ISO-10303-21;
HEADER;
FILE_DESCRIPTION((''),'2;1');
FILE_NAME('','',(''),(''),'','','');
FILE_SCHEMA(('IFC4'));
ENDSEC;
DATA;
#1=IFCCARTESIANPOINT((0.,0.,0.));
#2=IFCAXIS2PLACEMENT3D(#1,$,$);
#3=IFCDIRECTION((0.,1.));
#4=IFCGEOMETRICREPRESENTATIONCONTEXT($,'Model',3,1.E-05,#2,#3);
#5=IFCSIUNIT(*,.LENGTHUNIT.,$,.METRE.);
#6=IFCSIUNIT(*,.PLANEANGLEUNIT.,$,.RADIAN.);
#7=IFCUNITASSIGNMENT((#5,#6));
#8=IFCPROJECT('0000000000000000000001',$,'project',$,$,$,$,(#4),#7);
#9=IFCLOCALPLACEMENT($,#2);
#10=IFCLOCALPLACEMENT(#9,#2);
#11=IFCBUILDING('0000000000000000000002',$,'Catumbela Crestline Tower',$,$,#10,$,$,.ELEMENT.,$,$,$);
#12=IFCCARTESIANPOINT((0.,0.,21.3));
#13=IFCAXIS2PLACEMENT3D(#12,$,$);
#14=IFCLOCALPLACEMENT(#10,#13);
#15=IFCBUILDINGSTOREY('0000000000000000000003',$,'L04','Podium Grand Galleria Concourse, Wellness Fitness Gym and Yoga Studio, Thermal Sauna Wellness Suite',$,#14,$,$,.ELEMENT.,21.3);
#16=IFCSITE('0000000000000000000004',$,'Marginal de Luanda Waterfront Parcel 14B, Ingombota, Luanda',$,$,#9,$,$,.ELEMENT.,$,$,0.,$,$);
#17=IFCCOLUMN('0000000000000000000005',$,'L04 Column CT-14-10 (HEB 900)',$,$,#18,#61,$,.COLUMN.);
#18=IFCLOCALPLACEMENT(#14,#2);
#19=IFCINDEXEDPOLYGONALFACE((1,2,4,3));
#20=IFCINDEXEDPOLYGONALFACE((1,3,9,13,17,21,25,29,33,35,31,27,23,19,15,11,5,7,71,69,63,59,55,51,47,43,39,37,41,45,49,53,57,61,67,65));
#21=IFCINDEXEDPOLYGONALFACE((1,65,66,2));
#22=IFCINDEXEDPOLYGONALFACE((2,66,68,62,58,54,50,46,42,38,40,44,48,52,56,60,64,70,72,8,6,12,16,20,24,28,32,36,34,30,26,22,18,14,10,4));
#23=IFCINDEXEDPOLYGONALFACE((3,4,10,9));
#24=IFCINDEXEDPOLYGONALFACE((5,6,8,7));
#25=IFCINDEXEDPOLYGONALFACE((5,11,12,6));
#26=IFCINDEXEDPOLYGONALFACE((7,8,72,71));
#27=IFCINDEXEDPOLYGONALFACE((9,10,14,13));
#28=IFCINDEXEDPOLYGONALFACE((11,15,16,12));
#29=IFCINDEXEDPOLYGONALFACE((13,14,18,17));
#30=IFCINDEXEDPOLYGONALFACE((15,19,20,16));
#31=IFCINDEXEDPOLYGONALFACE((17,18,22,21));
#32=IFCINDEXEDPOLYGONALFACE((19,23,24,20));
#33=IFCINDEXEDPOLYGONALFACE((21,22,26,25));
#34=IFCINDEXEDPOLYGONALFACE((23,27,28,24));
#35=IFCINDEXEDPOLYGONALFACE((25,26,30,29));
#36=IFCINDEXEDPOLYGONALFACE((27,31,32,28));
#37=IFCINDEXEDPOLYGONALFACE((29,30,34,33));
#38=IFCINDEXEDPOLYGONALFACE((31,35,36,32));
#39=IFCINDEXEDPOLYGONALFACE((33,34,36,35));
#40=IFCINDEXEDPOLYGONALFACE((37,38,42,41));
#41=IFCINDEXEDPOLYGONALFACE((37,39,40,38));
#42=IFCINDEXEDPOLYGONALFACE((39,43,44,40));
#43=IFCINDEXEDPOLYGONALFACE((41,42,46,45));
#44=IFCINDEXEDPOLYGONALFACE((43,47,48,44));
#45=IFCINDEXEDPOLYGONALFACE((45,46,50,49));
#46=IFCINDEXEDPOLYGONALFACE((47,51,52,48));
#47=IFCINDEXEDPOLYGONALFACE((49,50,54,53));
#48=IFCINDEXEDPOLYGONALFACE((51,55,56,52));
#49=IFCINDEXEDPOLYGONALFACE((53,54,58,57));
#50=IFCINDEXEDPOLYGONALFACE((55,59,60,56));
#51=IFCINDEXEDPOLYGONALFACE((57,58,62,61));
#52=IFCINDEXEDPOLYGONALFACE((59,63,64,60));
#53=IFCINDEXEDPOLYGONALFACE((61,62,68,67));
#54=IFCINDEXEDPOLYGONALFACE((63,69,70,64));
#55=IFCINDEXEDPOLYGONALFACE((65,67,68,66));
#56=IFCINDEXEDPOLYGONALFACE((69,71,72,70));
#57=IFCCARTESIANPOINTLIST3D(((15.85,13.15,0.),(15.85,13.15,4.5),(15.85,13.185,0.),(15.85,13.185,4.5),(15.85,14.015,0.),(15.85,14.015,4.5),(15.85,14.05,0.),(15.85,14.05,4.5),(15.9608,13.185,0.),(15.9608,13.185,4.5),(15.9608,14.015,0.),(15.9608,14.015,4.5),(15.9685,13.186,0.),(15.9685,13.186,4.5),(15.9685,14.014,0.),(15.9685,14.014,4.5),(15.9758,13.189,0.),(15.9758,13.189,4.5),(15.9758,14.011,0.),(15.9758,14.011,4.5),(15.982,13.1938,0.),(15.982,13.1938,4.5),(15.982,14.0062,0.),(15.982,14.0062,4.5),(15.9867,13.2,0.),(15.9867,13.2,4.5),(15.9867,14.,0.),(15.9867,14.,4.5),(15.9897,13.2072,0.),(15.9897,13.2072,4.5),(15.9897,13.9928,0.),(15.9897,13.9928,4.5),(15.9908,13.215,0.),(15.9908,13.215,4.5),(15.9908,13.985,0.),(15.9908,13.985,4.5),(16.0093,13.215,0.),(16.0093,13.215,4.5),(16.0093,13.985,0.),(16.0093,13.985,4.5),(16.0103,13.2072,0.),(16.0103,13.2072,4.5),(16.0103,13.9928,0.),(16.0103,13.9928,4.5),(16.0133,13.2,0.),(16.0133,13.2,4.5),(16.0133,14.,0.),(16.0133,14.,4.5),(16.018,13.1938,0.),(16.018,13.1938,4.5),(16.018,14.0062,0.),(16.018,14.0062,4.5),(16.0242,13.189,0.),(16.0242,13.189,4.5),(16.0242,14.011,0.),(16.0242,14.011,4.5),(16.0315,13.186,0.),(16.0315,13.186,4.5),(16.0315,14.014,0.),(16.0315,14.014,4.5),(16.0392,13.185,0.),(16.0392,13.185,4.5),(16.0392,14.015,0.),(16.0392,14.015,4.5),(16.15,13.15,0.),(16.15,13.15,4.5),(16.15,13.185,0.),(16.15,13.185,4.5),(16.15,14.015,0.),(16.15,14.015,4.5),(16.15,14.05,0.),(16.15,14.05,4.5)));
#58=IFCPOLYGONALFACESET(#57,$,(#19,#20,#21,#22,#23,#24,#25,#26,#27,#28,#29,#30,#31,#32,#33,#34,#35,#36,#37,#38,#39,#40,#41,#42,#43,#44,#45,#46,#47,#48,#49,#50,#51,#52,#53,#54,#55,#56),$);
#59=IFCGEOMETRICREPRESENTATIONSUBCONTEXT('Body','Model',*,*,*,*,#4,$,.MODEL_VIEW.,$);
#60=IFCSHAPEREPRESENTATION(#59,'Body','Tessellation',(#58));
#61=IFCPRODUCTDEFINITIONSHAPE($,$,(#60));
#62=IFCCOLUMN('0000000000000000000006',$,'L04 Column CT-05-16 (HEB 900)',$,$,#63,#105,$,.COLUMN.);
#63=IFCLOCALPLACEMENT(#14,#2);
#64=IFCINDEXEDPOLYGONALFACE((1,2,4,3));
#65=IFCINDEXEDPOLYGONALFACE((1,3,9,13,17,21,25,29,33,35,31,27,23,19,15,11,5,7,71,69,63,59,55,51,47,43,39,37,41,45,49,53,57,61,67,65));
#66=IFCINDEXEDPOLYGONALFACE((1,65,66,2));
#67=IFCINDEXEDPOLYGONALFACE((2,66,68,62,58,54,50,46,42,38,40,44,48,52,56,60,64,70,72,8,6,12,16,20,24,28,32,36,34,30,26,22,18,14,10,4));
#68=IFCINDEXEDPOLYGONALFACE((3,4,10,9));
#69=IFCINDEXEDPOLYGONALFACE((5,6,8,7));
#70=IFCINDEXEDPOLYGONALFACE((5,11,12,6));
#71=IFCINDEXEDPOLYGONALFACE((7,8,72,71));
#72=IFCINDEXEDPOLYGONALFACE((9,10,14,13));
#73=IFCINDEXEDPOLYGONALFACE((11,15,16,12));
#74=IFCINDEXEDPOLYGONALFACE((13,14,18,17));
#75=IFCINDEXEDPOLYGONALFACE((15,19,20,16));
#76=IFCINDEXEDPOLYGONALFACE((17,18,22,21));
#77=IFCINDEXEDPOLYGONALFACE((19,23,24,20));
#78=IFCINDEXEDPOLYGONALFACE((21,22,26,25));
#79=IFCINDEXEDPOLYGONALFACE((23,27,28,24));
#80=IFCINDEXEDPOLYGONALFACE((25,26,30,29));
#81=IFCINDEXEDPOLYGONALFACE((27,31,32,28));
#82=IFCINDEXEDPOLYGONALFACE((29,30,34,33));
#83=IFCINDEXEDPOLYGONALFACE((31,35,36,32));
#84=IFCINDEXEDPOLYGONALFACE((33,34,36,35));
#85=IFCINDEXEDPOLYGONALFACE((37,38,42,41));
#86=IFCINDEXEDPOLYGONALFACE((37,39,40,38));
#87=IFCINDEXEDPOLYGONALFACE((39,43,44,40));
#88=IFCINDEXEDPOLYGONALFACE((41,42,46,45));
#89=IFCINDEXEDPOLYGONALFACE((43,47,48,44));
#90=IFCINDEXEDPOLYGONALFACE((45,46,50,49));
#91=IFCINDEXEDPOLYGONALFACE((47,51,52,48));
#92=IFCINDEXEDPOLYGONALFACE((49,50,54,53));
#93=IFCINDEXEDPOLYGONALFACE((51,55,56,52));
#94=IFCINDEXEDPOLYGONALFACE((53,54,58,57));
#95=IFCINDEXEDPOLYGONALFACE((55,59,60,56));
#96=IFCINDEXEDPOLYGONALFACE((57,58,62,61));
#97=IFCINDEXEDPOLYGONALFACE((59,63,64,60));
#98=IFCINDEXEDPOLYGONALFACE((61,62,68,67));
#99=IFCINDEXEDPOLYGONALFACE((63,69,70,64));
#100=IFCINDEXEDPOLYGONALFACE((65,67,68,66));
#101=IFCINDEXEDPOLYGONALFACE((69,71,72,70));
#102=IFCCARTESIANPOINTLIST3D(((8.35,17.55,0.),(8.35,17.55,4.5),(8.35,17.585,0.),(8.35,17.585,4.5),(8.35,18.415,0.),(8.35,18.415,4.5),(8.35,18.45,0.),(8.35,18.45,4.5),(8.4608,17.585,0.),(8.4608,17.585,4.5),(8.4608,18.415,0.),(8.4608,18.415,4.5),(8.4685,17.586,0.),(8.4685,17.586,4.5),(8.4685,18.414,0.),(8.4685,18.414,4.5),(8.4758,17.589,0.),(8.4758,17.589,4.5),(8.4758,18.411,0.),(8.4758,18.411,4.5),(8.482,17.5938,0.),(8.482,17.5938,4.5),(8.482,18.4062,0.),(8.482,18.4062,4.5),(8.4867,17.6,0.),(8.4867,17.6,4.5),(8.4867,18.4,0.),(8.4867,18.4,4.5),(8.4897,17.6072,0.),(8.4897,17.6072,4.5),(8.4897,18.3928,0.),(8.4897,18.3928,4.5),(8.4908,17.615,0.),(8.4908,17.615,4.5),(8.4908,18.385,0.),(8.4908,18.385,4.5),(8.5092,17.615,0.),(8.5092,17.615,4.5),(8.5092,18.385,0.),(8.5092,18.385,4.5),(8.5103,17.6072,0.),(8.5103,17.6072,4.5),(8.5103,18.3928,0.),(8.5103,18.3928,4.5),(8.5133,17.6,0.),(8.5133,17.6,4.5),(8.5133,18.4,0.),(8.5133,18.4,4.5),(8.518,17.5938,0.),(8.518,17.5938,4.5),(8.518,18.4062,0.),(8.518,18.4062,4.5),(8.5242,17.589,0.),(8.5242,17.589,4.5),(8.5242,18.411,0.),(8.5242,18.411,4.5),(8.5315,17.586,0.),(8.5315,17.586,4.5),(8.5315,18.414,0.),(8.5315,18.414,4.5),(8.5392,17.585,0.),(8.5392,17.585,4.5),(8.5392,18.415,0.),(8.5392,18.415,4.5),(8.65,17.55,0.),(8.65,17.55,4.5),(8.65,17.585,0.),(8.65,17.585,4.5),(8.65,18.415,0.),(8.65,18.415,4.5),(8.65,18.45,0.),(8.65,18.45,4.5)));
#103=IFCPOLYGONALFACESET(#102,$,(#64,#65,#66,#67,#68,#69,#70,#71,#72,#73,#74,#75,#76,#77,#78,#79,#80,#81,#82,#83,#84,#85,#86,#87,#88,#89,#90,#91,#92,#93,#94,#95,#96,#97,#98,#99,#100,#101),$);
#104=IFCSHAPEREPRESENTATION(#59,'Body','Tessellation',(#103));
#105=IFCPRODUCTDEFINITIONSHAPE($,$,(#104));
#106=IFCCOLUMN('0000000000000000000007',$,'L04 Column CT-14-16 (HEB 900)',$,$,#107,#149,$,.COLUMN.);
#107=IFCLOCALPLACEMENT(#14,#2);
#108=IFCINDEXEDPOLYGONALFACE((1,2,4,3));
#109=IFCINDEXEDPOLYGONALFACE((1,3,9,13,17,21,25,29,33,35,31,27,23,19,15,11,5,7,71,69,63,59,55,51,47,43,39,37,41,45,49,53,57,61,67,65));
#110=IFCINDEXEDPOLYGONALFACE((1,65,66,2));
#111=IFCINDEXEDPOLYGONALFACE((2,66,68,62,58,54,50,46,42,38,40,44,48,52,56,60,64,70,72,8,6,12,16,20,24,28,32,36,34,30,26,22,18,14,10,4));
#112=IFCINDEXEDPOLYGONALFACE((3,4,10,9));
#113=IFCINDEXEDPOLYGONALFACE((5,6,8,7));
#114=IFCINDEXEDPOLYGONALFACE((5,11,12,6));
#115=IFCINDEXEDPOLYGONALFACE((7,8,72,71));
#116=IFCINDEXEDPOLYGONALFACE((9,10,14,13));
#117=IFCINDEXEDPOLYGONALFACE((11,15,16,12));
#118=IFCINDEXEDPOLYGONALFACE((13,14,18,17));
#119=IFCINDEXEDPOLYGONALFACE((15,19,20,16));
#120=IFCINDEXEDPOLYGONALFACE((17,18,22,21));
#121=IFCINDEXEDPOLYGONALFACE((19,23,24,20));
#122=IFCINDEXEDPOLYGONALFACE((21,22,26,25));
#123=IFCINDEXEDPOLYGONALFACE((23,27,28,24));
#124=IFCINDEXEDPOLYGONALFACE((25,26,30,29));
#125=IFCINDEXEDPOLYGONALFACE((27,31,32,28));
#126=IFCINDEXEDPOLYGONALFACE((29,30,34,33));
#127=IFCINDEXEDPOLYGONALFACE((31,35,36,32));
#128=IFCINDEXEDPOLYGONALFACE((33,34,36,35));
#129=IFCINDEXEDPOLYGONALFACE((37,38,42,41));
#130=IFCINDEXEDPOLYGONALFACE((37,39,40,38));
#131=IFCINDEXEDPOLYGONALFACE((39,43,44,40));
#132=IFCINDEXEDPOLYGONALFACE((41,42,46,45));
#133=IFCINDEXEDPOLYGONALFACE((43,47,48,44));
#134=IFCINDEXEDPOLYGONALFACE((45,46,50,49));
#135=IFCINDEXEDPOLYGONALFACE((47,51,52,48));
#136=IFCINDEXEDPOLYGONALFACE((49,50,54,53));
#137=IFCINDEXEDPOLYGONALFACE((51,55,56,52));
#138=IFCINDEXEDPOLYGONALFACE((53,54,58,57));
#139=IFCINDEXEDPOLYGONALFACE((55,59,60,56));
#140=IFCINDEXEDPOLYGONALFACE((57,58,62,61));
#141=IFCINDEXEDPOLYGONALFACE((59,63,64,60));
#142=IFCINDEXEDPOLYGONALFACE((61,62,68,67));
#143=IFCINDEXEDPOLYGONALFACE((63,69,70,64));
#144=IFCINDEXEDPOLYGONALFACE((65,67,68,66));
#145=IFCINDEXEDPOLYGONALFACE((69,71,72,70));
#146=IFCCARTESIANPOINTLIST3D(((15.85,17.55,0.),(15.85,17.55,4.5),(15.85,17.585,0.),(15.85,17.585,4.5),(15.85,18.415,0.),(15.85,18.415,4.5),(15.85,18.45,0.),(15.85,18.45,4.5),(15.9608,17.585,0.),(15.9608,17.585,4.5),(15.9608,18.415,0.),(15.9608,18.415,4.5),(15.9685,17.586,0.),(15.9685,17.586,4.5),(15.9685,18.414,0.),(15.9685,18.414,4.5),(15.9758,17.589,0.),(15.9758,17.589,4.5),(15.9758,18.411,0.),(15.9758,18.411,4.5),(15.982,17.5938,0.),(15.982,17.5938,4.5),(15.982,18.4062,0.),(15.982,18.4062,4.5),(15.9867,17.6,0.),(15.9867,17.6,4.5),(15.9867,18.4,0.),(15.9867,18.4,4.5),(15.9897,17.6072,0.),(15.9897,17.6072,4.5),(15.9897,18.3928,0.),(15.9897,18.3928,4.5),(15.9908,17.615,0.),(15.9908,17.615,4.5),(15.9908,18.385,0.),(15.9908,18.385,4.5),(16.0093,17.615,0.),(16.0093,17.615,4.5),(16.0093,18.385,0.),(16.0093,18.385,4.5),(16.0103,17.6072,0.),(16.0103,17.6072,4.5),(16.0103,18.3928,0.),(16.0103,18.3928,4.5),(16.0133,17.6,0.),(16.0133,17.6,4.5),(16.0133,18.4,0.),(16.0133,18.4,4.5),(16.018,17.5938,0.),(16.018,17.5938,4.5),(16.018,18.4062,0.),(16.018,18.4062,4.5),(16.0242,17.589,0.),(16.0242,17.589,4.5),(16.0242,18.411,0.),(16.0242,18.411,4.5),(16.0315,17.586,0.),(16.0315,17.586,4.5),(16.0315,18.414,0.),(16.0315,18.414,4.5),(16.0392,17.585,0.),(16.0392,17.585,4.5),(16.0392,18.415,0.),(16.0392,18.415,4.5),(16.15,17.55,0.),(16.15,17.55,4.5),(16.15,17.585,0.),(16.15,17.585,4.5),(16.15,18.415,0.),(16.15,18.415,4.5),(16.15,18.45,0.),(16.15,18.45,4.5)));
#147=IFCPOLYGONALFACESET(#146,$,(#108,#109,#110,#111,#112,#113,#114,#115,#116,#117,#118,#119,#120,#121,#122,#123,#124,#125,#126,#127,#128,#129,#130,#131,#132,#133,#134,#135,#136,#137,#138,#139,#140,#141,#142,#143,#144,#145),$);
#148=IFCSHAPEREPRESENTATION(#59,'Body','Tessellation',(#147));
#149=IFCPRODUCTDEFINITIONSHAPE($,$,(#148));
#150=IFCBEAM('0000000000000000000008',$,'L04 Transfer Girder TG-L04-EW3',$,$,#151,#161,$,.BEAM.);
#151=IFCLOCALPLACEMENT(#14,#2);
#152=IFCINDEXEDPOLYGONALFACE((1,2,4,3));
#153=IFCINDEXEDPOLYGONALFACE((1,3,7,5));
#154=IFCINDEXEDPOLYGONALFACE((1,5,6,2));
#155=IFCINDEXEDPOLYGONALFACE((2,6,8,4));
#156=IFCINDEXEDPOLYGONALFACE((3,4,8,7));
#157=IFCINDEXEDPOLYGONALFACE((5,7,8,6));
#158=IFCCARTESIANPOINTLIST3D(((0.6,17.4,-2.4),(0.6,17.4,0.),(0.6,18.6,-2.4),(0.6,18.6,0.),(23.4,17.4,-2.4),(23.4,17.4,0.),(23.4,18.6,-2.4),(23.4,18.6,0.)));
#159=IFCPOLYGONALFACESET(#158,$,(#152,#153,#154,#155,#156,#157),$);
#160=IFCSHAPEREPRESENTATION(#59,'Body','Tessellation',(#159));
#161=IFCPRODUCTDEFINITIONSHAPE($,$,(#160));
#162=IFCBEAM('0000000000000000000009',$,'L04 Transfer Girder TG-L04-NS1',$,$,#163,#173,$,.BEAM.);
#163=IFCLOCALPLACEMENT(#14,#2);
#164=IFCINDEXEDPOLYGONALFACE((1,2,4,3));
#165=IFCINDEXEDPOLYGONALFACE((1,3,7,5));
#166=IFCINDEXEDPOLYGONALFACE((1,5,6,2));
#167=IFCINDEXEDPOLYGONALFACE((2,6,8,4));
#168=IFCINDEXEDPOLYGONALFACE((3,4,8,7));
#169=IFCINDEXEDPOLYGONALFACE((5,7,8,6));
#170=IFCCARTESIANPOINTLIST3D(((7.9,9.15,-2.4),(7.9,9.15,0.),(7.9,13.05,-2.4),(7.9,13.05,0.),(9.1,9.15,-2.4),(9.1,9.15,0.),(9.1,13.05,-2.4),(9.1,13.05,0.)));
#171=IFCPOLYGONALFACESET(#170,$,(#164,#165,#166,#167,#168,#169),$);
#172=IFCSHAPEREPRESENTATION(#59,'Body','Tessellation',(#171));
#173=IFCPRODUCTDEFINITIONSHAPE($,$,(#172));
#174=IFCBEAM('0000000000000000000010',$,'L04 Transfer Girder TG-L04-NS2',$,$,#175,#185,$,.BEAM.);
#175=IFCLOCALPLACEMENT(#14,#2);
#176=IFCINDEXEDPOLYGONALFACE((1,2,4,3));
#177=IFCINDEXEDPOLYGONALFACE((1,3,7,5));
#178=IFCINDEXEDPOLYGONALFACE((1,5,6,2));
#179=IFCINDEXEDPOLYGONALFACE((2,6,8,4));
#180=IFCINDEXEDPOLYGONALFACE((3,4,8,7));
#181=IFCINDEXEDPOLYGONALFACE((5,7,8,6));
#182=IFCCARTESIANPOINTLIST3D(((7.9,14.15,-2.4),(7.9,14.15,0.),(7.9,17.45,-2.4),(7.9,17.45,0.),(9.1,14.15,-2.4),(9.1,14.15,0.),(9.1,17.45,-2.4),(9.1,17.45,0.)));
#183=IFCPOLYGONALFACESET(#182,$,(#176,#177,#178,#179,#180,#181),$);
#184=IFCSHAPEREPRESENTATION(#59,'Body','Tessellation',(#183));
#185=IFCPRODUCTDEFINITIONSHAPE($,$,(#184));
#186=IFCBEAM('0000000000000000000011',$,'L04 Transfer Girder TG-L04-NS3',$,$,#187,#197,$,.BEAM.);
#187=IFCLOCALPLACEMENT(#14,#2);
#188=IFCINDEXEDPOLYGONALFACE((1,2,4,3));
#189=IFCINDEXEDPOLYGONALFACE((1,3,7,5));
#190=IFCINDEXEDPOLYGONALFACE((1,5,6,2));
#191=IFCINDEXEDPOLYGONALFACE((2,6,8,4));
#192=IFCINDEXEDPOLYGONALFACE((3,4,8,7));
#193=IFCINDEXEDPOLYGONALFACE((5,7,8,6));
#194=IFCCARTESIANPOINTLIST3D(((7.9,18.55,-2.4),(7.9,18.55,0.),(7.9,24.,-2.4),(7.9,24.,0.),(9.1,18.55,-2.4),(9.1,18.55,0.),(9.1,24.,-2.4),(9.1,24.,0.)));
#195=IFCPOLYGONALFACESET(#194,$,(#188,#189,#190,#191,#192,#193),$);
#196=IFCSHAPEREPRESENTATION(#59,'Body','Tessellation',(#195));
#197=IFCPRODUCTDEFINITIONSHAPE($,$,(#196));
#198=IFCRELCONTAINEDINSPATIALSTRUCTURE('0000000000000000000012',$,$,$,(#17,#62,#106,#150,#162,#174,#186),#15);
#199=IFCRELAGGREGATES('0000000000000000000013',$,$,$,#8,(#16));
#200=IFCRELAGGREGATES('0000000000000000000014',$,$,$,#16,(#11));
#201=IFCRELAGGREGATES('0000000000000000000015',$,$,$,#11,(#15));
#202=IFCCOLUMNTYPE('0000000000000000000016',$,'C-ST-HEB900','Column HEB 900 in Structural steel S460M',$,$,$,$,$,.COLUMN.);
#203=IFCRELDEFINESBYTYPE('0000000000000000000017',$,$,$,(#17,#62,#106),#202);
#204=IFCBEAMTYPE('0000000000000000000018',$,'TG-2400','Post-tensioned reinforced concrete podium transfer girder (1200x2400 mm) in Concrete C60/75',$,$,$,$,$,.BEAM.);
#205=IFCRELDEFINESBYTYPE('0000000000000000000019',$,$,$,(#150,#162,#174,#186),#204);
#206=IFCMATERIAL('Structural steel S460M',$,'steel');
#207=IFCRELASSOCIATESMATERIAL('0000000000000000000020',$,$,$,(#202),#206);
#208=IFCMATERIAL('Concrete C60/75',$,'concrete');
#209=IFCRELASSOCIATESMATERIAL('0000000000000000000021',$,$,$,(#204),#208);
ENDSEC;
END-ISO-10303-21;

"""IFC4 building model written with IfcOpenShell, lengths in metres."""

from ifc_helpers import new_model, si_unit, direction, frame, origin, origin_2d, place, context, subcontext, project, spatial, rectangle, i_section, extrude, material, material_profile, profile_set, type_object, element, save


model = new_model("IFC4")

# Units and contexts
model_context = context("Model", 3, precision=1e-05, world=origin(), true_north=direction((0.0, 1.0)))
body_context = subcontext(model_context, "Body", "Model", "MODEL_VIEW")
ifc_project = project(units=[si_unit("LENGTHUNIT", "METRE"), si_unit("PLANEANGLEUNIT", "RADIAN")], contexts=[model_context])

# Site, building, storey
site_placement = place(None, origin())
site = spatial("IfcSite", under=ifc_project, at=site_placement, Name="Marginal de Luanda Waterfront Parcel 14B, Ingombota, Luanda", CompositionType="ELEMENT", RefElevation=0.0)
building_placement = place(site_placement, origin())
building = spatial("IfcBuilding", under=site, at=building_placement, Name="Catumbela Crestline Tower", CompositionType="ELEMENT")
storey_placement = place(building_placement, frame((0.0, 0.0, 21.3)))
storey = spatial("IfcBuildingStorey", under=building, at=storey_placement, Name="L04", Description="Podium Grand Galleria Concourse, Wellness Fitness Gym and Yoga Studio, Thermal Sauna Wellness Suite", CompositionType="ELEMENT", Elevation=21.3)

# Columns
ifc_material_1 = material(Name="Concrete C60/75", Category="concrete")
ifc_material_2 = material(Name="Structural steel S460M", Category="steel")
ifc_material_profile_1 = material_profile(ifc_material_2, i_section(OverallWidth=0.3, OverallDepth=0.9, WebThickness=0.0185, FlangeThickness=0.035, FilletRadius=0.03, at=origin_2d()), Name="HEB 900")
ifc_profile_set_1 = profile_set([ifc_material_profile_1], Name="Structural steel S460M")
column_type_1 = type_object("IfcColumnType", Name="C-ST-HEB900", Description="Column HEB 900 in Structural steel S460M", PredefinedType="COLUMN", material=ifc_profile_set_1)
for number, where, z_axis, x_axis, name in (
    (1, (16.0, 13.6, 0.0), (0.0, 0.0, 1.0), (1.0, 0.0, 0.0), "L04 Column CT-14-10 (HEB 900)"),
    (2, (8.5, 18.0, 0.0), (0.0, 0.0, 1.0), (1.0, 0.0, 0.0), "L04 Column CT-05-16 (HEB 900)"),
    (3, (16.0, 18.0, 0.0), (0.0, 0.0, 1.0), (1.0, 0.0, 0.0), "L04 Column CT-14-16 (HEB 900)"),
):
    element("IfcColumn", number, at=place(storey_placement, frame(where, z_axis=z_axis, x_axis=x_axis)), inside=storey, type_object=column_type_1, Name=name, PredefinedType="COLUMN", context=body_context, shape_type="SweptSolid", body=[
        extrude(i_section(OverallWidth=0.3, OverallDepth=0.9, WebThickness=0.0185, FlangeThickness=0.035, FilletRadius=0.03, at=origin_2d()), origin(), (0.0, 0.0, 1.0), 4.5),
    ])

# Beams
ifc_material_profile_2 = material_profile(ifc_material_1, rectangle(XDim=1.2, YDim=2.4, at=origin_2d()), Name="RC 1200x2400")
ifc_profile_set_2 = profile_set([ifc_material_profile_2], Name="Concrete C60/75")
beam_type = type_object("IfcBeamType", Name="TG-2400", Description="Post-tensioned reinforced concrete podium transfer girder (1200x2400 mm) in Concrete C60/75", PredefinedType="BEAM", material=ifc_profile_set_2)
beam_1_placement = place(storey_placement, frame((0.6, 18.0, -1.2), z_axis=(1.0, 0.0, 0.0), x_axis=(0.0, 1.0, 0.0)))
element("IfcBeam", 4, at=beam_1_placement, inside=storey, type_object=beam_type, Name="L04 Transfer Girder TG-L04-EW3", PredefinedType="BEAM", context=body_context, shape_type="SweptSolid", body=[
    extrude(rectangle(XDim=1.2, YDim=2.4, at=origin_2d()), origin(), (0.0, 0.0, 1.0), 22.8),
])
beam_2_placement = place(storey_placement, frame((8.5, 9.15, -1.2), z_axis=(0.0, 1.0, 0.0), x_axis=(-1.0, 0.0, 0.0)))
element("IfcBeam", 5, at=beam_2_placement, inside=storey, type_object=beam_type, Name="L04 Transfer Girder TG-L04-NS1", PredefinedType="BEAM", context=body_context, shape_type="SweptSolid", body=[
    extrude(rectangle(XDim=1.2, YDim=2.4, at=origin_2d()), origin(), (0.0, 0.0, 1.0), 3.9),
])
beam_3_placement = place(storey_placement, frame((8.5, 14.15, -1.2), z_axis=(0.0, 1.0, 0.0), x_axis=(-1.0, 0.0, 0.0)))
element("IfcBeam", 6, at=beam_3_placement, inside=storey, type_object=beam_type, Name="L04 Transfer Girder TG-L04-NS2", PredefinedType="BEAM", context=body_context, shape_type="SweptSolid", body=[
    extrude(rectangle(XDim=1.2, YDim=2.4, at=origin_2d()), origin(), (0.0, 0.0, 1.0), 3.3),
])
beam_4_placement = place(storey_placement, frame((8.5, 18.55, -1.2), z_axis=(0.0, 1.0, 0.0), x_axis=(-1.0, 0.0, 0.0)))
element("IfcBeam", 7, at=beam_4_placement, inside=storey, type_object=beam_type, Name="L04 Transfer Girder TG-L04-NS3", PredefinedType="BEAM", context=body_context, shape_type="SweptSolid", body=[
    extrude(rectangle(XDim=1.2, YDim=2.4, at=origin_2d()), origin(), (0.0, 0.0, 1.0), 5.45),
])

save(model, "model.ifc")
